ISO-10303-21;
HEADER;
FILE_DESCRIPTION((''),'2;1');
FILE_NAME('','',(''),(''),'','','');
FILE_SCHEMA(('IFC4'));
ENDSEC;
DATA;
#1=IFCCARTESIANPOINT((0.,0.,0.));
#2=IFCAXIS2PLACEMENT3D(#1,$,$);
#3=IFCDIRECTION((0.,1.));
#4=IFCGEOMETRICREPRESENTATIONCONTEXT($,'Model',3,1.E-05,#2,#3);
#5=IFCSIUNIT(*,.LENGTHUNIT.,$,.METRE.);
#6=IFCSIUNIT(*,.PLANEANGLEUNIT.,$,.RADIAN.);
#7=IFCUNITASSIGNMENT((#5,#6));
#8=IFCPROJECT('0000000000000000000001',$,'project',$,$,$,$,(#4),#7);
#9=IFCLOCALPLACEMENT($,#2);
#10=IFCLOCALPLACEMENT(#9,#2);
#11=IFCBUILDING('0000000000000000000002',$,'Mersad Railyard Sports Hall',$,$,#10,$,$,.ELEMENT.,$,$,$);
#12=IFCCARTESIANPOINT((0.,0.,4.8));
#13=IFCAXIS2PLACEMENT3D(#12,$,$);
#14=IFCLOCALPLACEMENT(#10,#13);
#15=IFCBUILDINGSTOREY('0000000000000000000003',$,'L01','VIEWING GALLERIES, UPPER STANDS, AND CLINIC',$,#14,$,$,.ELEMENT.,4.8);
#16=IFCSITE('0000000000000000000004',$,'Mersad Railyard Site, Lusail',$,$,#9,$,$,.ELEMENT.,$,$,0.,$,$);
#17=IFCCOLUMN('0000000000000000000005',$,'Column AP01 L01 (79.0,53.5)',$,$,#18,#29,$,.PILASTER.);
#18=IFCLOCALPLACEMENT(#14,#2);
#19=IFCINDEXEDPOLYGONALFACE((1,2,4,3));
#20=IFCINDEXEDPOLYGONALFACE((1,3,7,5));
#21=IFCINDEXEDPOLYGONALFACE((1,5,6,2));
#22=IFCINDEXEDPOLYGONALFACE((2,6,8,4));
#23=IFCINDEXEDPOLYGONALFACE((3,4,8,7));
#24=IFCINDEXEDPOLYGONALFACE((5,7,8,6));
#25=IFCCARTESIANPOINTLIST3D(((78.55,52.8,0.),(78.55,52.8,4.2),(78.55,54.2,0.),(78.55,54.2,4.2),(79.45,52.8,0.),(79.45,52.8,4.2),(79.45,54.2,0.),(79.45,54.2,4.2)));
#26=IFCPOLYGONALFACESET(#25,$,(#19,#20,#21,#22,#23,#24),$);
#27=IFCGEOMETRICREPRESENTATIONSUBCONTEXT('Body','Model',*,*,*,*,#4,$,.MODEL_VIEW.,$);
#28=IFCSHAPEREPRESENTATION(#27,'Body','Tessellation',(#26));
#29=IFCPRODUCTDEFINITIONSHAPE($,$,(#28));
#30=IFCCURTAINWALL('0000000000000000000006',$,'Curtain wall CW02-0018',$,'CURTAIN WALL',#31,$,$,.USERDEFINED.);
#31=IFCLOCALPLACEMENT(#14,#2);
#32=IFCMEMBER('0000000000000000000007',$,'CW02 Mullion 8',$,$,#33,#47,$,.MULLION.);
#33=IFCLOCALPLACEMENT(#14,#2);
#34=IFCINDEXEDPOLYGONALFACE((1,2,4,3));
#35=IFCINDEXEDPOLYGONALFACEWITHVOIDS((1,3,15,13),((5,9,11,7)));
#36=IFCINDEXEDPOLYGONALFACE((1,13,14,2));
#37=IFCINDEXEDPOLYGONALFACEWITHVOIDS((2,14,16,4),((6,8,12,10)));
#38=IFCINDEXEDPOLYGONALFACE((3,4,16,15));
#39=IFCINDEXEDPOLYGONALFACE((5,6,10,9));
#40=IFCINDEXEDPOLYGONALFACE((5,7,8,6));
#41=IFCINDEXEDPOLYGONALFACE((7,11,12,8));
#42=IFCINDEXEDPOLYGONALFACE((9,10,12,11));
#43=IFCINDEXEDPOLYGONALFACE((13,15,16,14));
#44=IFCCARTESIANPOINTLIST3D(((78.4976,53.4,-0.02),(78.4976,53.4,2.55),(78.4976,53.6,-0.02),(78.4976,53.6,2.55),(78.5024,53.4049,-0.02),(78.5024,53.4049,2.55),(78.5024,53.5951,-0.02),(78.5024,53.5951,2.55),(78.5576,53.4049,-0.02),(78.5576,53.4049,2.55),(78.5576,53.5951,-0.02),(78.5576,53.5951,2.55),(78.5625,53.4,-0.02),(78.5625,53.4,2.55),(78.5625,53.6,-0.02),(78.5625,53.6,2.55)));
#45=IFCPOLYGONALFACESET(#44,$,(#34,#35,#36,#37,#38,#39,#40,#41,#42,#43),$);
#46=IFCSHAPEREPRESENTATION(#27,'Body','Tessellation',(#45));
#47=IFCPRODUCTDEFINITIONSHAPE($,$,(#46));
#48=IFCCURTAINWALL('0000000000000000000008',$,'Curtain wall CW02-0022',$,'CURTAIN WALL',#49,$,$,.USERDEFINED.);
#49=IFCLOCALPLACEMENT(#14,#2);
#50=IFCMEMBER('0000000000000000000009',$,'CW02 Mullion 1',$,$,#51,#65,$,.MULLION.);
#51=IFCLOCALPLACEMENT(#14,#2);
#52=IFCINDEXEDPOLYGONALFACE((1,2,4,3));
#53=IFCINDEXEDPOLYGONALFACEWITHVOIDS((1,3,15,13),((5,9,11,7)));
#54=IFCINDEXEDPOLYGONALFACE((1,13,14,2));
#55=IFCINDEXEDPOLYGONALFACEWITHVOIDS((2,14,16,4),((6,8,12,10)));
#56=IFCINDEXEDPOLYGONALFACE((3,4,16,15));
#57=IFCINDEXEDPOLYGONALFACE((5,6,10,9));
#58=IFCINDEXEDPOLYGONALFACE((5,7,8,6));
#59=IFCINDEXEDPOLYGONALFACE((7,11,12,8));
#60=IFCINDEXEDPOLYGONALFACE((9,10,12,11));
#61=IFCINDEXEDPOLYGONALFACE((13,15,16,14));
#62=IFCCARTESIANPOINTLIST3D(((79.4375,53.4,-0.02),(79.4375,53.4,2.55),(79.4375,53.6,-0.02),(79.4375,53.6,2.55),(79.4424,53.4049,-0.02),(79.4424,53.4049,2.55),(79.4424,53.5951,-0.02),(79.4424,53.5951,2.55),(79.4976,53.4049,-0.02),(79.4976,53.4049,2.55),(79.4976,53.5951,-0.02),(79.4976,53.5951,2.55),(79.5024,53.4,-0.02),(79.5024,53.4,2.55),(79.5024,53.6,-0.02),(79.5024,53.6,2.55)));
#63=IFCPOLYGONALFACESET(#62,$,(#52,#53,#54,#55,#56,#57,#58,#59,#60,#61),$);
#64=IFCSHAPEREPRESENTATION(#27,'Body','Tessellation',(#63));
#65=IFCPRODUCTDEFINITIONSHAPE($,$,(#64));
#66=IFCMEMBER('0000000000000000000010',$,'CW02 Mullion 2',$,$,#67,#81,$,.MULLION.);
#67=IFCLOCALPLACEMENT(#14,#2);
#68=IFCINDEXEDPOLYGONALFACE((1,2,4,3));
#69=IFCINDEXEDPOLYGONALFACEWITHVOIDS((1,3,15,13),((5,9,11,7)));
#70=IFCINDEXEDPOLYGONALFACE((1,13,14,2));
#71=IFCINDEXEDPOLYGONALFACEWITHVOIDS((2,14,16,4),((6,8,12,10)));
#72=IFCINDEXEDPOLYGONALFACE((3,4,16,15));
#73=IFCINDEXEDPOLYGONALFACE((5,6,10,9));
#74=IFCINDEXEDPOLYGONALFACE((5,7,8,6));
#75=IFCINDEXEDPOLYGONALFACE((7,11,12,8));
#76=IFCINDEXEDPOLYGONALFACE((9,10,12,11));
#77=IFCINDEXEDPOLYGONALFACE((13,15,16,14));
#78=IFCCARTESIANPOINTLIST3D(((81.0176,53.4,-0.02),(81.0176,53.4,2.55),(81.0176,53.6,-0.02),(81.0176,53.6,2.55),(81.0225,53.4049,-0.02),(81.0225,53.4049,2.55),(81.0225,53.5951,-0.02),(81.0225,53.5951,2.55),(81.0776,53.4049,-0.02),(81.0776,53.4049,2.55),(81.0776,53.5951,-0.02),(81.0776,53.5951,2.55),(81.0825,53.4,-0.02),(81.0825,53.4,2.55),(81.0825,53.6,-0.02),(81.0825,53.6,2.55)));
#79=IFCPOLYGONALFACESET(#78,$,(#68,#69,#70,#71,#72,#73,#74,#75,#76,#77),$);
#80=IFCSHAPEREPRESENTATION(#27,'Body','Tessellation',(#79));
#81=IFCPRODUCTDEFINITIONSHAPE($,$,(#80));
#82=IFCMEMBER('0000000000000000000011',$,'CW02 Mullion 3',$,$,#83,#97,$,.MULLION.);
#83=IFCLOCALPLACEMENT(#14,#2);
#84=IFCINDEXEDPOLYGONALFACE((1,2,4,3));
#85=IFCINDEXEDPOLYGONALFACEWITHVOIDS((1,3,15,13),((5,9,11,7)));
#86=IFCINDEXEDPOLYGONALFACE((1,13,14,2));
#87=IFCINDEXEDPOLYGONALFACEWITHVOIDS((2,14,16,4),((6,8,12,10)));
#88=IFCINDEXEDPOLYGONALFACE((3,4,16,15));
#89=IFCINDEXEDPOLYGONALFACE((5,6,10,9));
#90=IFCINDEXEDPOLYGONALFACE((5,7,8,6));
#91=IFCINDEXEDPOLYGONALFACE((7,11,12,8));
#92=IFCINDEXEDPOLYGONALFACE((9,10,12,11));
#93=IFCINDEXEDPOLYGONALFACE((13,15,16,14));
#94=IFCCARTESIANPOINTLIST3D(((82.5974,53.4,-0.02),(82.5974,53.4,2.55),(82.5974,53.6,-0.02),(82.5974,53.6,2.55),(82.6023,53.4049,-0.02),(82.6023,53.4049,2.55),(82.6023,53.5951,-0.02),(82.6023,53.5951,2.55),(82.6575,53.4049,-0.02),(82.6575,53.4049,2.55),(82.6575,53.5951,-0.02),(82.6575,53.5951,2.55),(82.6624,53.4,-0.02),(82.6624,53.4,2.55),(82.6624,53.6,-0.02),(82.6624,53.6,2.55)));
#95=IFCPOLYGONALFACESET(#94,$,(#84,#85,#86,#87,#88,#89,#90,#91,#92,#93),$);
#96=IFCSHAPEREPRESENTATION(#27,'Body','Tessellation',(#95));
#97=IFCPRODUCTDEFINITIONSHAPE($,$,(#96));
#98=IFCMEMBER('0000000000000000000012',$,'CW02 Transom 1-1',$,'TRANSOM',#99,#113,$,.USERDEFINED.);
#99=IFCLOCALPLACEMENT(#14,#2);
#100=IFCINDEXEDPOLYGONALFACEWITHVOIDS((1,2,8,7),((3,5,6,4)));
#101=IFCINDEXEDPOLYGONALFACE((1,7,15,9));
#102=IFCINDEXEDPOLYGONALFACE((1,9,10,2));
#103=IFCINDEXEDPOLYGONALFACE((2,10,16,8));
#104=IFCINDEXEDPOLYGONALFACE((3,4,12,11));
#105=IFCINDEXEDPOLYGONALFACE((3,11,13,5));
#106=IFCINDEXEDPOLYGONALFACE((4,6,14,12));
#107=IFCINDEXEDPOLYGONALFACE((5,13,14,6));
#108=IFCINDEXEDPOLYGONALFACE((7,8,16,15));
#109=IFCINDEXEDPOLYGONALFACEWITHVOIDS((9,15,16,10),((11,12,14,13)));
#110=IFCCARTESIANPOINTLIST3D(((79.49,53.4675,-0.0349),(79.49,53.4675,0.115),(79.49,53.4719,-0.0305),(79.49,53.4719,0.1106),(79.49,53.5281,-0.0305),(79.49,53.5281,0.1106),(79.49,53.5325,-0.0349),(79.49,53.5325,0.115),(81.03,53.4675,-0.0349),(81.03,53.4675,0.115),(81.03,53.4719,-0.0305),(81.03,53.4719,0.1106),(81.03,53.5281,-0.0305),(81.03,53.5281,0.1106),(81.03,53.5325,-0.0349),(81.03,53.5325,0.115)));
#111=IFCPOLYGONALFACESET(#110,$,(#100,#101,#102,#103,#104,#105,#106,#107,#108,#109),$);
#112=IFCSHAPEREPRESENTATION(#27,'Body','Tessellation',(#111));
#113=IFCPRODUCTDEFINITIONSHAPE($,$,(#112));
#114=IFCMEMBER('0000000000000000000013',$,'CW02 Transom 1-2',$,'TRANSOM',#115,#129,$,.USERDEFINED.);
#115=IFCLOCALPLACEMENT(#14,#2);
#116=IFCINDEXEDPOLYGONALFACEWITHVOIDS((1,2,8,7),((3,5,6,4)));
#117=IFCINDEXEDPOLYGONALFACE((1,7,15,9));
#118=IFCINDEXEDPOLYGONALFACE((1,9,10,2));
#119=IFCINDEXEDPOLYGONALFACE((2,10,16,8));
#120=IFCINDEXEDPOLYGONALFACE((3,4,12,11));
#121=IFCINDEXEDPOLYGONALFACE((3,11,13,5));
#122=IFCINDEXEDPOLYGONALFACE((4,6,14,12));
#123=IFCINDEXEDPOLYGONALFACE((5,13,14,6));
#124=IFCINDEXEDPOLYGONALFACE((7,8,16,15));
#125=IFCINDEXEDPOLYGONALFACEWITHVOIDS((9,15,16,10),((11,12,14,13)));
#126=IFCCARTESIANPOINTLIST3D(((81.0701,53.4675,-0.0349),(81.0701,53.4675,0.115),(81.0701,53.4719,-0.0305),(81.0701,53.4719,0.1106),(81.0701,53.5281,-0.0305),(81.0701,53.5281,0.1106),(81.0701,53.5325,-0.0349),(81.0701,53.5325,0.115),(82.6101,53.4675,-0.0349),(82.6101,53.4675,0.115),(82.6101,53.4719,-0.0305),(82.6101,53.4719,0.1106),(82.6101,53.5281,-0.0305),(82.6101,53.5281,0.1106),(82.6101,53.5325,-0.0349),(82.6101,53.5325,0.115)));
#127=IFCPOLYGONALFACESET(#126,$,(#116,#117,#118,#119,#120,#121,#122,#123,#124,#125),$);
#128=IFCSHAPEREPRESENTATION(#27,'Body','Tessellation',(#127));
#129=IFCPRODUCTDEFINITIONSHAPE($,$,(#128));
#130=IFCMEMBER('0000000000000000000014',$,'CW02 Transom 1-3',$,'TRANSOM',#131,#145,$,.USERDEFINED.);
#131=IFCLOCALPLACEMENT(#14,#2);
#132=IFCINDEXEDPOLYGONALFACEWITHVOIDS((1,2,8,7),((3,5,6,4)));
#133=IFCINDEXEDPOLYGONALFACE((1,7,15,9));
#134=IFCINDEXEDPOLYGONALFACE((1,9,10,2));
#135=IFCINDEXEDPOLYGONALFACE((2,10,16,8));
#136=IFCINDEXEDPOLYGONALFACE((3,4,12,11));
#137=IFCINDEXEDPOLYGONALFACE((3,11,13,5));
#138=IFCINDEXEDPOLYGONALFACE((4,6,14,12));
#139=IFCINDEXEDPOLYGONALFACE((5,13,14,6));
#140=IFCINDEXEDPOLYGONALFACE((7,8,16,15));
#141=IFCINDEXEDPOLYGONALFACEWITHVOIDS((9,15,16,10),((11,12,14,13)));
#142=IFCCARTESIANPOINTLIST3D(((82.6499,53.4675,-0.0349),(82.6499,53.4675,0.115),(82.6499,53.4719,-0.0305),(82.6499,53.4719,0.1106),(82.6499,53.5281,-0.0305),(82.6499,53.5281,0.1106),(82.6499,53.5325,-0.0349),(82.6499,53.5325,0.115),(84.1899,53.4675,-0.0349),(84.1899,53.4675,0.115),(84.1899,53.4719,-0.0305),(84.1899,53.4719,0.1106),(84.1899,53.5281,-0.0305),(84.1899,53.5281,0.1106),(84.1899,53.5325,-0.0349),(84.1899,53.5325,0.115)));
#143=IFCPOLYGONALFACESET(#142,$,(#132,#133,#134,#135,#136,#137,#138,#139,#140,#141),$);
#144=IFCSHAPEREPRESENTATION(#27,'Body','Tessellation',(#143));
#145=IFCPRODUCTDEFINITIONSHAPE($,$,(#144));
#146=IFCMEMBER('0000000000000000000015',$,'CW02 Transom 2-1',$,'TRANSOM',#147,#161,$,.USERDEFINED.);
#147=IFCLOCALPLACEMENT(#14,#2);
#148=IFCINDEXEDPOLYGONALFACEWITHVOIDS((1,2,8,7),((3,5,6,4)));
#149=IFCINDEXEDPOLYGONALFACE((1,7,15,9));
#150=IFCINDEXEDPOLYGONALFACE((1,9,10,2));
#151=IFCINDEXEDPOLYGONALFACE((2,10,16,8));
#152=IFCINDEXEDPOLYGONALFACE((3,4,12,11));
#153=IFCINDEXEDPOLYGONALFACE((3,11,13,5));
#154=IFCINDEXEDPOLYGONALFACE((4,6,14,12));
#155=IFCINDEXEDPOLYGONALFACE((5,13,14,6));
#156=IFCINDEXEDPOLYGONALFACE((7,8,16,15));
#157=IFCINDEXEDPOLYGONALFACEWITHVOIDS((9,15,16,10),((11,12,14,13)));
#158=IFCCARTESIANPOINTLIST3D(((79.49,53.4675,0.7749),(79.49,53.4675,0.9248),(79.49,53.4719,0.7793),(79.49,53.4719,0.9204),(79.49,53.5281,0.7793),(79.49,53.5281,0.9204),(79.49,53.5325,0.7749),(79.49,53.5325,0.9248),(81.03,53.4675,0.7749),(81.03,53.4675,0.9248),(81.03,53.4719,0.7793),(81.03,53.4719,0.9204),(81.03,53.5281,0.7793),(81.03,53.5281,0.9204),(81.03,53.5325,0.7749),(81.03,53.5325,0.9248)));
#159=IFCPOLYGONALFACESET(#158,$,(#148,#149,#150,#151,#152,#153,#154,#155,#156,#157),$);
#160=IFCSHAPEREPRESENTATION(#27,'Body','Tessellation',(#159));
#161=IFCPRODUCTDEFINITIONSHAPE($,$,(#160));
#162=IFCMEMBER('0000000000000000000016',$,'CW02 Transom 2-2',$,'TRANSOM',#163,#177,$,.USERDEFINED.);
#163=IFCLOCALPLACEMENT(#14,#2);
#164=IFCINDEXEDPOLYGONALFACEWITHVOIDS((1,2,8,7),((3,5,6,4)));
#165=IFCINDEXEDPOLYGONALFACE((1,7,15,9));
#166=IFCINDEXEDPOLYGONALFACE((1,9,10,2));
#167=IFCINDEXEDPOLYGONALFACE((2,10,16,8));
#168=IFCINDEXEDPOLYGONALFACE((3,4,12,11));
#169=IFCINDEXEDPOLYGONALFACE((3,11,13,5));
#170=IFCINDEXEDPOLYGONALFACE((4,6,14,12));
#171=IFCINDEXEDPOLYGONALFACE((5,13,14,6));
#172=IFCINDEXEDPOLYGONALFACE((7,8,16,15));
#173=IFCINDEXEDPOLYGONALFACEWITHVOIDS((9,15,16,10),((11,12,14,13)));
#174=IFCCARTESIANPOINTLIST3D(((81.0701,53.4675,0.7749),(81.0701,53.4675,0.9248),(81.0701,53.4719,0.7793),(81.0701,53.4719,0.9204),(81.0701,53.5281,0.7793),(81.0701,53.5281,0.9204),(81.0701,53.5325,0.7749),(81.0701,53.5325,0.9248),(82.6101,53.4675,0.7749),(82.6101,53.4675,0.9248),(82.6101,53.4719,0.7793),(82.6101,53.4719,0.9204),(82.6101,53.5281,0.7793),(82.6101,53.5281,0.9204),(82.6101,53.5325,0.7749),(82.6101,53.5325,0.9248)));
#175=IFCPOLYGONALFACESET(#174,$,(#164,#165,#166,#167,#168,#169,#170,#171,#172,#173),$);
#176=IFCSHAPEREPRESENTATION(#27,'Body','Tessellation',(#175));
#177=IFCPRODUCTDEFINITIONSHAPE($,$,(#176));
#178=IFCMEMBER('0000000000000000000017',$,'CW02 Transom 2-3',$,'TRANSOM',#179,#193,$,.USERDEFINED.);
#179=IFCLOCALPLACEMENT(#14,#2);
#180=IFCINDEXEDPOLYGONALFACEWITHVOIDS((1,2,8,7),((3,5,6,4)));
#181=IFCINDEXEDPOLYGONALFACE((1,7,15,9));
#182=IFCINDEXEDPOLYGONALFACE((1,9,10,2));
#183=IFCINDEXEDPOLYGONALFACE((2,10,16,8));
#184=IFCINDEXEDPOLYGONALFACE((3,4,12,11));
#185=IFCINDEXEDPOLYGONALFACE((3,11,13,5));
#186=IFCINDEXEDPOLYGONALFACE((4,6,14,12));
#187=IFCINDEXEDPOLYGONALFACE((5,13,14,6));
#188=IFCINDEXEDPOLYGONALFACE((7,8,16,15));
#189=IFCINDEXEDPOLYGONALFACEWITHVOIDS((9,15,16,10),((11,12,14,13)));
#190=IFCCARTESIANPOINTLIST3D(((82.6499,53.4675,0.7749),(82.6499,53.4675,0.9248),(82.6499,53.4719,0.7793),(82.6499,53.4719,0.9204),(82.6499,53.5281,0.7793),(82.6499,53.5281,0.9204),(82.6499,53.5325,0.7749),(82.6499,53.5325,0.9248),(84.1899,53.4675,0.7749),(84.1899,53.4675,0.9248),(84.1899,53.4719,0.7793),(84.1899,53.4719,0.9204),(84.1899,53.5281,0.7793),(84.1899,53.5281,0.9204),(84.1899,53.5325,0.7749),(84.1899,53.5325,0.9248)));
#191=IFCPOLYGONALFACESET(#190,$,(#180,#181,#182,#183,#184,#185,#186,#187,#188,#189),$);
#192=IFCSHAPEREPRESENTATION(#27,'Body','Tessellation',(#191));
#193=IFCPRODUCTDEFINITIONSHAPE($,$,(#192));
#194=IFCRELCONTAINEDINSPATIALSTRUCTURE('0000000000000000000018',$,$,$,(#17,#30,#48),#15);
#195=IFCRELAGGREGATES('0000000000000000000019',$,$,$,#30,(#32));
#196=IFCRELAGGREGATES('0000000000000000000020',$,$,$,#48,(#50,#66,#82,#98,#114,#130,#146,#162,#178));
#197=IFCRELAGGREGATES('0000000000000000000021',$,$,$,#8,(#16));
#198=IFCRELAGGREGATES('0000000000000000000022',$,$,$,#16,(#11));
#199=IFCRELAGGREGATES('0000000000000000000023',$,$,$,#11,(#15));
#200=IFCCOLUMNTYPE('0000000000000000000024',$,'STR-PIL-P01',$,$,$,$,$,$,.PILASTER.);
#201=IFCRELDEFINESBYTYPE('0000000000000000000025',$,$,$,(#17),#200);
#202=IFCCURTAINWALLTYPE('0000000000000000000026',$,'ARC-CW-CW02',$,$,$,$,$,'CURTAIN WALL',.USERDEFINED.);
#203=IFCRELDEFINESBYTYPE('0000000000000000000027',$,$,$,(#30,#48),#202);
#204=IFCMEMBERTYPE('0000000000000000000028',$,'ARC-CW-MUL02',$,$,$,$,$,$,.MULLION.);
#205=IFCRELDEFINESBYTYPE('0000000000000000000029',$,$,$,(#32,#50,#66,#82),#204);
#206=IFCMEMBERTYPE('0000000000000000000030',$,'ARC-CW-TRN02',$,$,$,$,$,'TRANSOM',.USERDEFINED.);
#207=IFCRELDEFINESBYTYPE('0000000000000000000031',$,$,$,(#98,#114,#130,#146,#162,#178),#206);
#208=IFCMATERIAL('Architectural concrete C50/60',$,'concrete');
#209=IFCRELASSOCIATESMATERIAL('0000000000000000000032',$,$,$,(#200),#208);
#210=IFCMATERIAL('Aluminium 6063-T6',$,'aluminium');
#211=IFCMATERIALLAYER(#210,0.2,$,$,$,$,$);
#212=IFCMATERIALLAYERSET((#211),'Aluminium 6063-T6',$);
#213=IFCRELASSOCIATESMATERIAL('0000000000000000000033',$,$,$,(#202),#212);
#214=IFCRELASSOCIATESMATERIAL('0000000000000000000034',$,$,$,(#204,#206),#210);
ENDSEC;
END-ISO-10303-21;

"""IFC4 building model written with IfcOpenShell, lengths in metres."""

from ifc_helpers import new_model, si_unit, direction, frame, origin, origin_2d, place, context, subcontext, project, spatial, rectangle, hollow_rectangle, extrude, material, layer, layer_set, material_profile, profile_set, type_object, element, aggregate, save


model = new_model("IFC4")

# Units and contexts
model_context = context("Model", 3, precision=1e-05, world=origin(), true_north=direction((0.0, 1.0)))
body_context = subcontext(model_context, "Body", "Model", "MODEL_VIEW")
ifc_project = project(units=[si_unit("LENGTHUNIT", "METRE"), si_unit("PLANEANGLEUNIT", "RADIAN")], contexts=[model_context])

# Site, building, storey
site_placement = place(None, origin())
site = spatial("IfcSite", under=ifc_project, at=site_placement, Name="Mersad Railyard Site, Lusail", CompositionType="ELEMENT", RefElevation=0.0)
building_placement = place(site_placement, origin())
building = spatial("IfcBuilding", under=site, at=building_placement, Name="Mersad Railyard Sports Hall", CompositionType="ELEMENT")
storey_placement = place(building_placement, frame((0.0, 0.0, 4.8)))
storey = spatial("IfcBuildingStorey", under=building, at=storey_placement, Name="L01", Description="VIEWING GALLERIES, UPPER STANDS, AND CLINIC", CompositionType="ELEMENT", Elevation=4.8)

# Column
ifc_material_1 = material(Name="Architectural concrete C50/60", Category="concrete")
ifc_material_profile_1 = material_profile(ifc_material_1, rectangle(XDim=0.8999, YDim=1.3999, at=origin_2d()), Name="RC 900x1400")
ifc_profile_set_1 = profile_set([ifc_material_profile_1], Name="Architectural concrete C50/60")
column_type = type_object("IfcColumnType", Name="STR-PIL-P01", PredefinedType="PILASTER", material=ifc_profile_set_1)
column_placement = place(storey_placement, frame((79.0, 53.5, 0.0), z_axis=(0.0, 0.0, 1.0), x_axis=(1.0, 0.0, 0.0)))
element("IfcColumn", 1, at=column_placement, inside=storey, type_object=column_type, Name="Column AP01 L01 (79.0,53.5)", PredefinedType="PILASTER", context=body_context, shape_type="SweptSolid", body=[
    extrude(rectangle(XDim=0.8999, YDim=1.3999, at=origin_2d()), origin(), (0.0, 0.0, 1.0), 4.2),
])

# Curtain wall, member
ifc_material_2 = material(Name="Aluminium 6063-T6", Category="aluminium")
ifc_layer_1 = layer(ifc_material_2, 0.2)
ifc_layer_set_1 = layer_set([ifc_layer_1], Name="Aluminium 6063-T6")
curtain_wall_type = type_object("IfcCurtainWallType", Name="ARC-CW-CW02", ElementType="CURTAIN WALL", PredefinedType="USERDEFINED", material=ifc_layer_set_1)
curtain_wall_1_placement = place(storey_placement, origin())
curtain_wall_1 = element("IfcCurtainWall", 2, at=curtain_wall_1_placement, inside=storey, type_object=curtain_wall_type, Name="Curtain wall CW02-0018", ObjectType="CURTAIN WALL", PredefinedType="USERDEFINED")
ifc_material_profile_2 = material_profile(ifc_material_2, hollow_rectangle(XDim=0.0649, YDim=0.2, WallThickness=0.0049, at=origin_2d()), Name="AL MULLION 65x200x5")
ifc_profile_set_2 = profile_set([ifc_material_profile_2], Name="Aluminium 6063-T6")
member_type_1 = type_object("IfcMemberType", Name="ARC-CW-MUL02", PredefinedType="MULLION", material=ifc_profile_set_2)
member_1_placement = place(storey_placement, frame((78.53, 53.5, -0.02), z_axis=(0.0, 0.0, 1.0), x_axis=(1.0, 0.0, 0.0)))
member_1 = element("IfcMember", 3, at=member_1_placement, type_object=member_type_1, Name="CW02 Mullion 8", PredefinedType="MULLION", context=body_context, shape_type="SweptSolid", body=[
    extrude(hollow_rectangle(XDim=0.0649, YDim=0.2, WallThickness=0.0049, at=origin_2d()), origin(), (0.0, 0.0, 1.0), 2.5701),
])

# Curtain wall, members
curtain_wall_2_placement = place(storey_placement, origin())
curtain_wall_2 = element("IfcCurtainWall", 4, at=curtain_wall_2_placement, inside=storey, type_object=curtain_wall_type, Name="Curtain wall CW02-0022", ObjectType="CURTAIN WALL", PredefinedType="USERDEFINED")
member_2_placement = place(storey_placement, frame((79.47, 53.5, -0.02), z_axis=(0.0, 0.0, 1.0), x_axis=(1.0, 0.0, 0.0)))
member_2 = element("IfcMember", 5, at=member_2_placement, type_object=member_type_1, Name="CW02 Mullion 1", PredefinedType="MULLION", context=body_context, shape_type="SweptSolid", body=[
    extrude(hollow_rectangle(XDim=0.0649, YDim=0.2, WallThickness=0.0049, at=origin_2d()), origin(), (0.0, 0.0, 1.0), 2.5701),
])
member_3_placement = place(storey_placement, frame((81.05, 53.5, -0.02), z_axis=(0.0, 0.0, 1.0), x_axis=(1.0, 0.0, 0.0)))
member_3 = element("IfcMember", 6, at=member_3_placement, type_object=member_type_1, Name="CW02 Mullion 2", PredefinedType="MULLION", context=body_context, shape_type="SweptSolid", body=[
    extrude(hollow_rectangle(XDim=0.0649, YDim=0.2, WallThickness=0.0049, at=origin_2d()), origin(), (0.0, 0.0, 1.0), 2.5701),
])
member_4_placement = place(storey_placement, frame((82.6299, 53.5, -0.02), z_axis=(0.0, 0.0, 1.0), x_axis=(1.0, 0.0, 0.0)))
member_4 = element("IfcMember", 7, at=member_4_placement, type_object=member_type_1, Name="CW02 Mullion 3", PredefinedType="MULLION", context=body_context, shape_type="SweptSolid", body=[
    extrude(hollow_rectangle(XDim=0.0649, YDim=0.2, WallThickness=0.0049, at=origin_2d()), origin(), (0.0, 0.0, 1.0), 2.5701),
])
ifc_material_profile_3 = material_profile(ifc_material_2, hollow_rectangle(XDim=0.0649, YDim=0.1499, WallThickness=0.0044, at=origin_2d()), Name="AL TRANSOM 65x150x4.5")
ifc_profile_set_3 = profile_set([ifc_material_profile_3], Name="Aluminium 6063-T6")
member_type_2 = type_object("IfcMemberType", Name="ARC-CW-TRN02", ElementType="TRANSOM", PredefinedType="USERDEFINED", material=ifc_profile_set_3)
member_5_placement = place(storey_placement, frame((79.49, 53.5, 0.04), z_axis=(1.0, 0.0, 0.0), x_axis=(0.0, 1.0, 0.0)))
member_5 = element("IfcMember", 8, at=member_5_placement, type_object=member_type_2, Name="CW02 Transom 1-1", ObjectType="TRANSOM", PredefinedType="USERDEFINED", context=body_context, shape_type="SweptSolid", body=[
    extrude(hollow_rectangle(XDim=0.0649, YDim=0.1499, WallThickness=0.0044, at=origin_2d()), origin(), (0.0, 0.0, 1.0), 1.54),
])
member_6_placement = place(storey_placement, frame((81.0701, 53.5, 0.04), z_axis=(1.0, 0.0, 0.0), x_axis=(0.0, 1.0, 0.0)))
member_6 = element("IfcMember", 9, at=member_6_placement, type_object=member_type_2, Name="CW02 Transom 1-2", ObjectType="TRANSOM", PredefinedType="USERDEFINED", context=body_context, shape_type="SweptSolid", body=[
    extrude(hollow_rectangle(XDim=0.0649, YDim=0.1499, WallThickness=0.0044, at=origin_2d()), origin(), (0.0, 0.0, 1.0), 1.54),
])
member_7_placement = place(storey_placement, frame((82.6499, 53.5, 0.04), z_axis=(1.0, 0.0, 0.0), x_axis=(0.0, 1.0, 0.0)))
member_7 = element("IfcMember", 10, at=member_7_placement, type_object=member_type_2, Name="CW02 Transom 1-3", ObjectType="TRANSOM", PredefinedType="USERDEFINED", context=body_context, shape_type="SweptSolid", body=[
    extrude(hollow_rectangle(XDim=0.0649, YDim=0.1499, WallThickness=0.0044, at=origin_2d()), origin(), (0.0, 0.0, 1.0), 1.54),
])
member_8_placement = place(storey_placement, frame((79.49, 53.5, 0.8499), z_axis=(1.0, 0.0, 0.0), x_axis=(0.0, 1.0, 0.0)))
member_8 = element("IfcMember", 11, at=member_8_placement, type_object=member_type_2, Name="CW02 Transom 2-1", ObjectType="TRANSOM", PredefinedType="USERDEFINED", context=body_context, shape_type="SweptSolid", body=[
    extrude(hollow_rectangle(XDim=0.0649, YDim=0.1499, WallThickness=0.0044, at=origin_2d()), origin(), (0.0, 0.0, 1.0), 1.54),
])
member_9_placement = place(storey_placement, frame((81.0701, 53.5, 0.8499), z_axis=(1.0, 0.0, 0.0), x_axis=(0.0, 1.0, 0.0)))
member_9 = element("IfcMember", 12, at=member_9_placement, type_object=member_type_2, Name="CW02 Transom 2-2", ObjectType="TRANSOM", PredefinedType="USERDEFINED", context=body_context, shape_type="SweptSolid", body=[
    extrude(hollow_rectangle(XDim=0.0649, YDim=0.1499, WallThickness=0.0044, at=origin_2d()), origin(), (0.0, 0.0, 1.0), 1.54),
])
member_10_placement = place(storey_placement, frame((82.6499, 53.5, 0.8499), z_axis=(1.0, 0.0, 0.0), x_axis=(0.0, 1.0, 0.0)))
member_10 = element("IfcMember", 13, at=member_10_placement, type_object=member_type_2, Name="CW02 Transom 2-3", ObjectType="TRANSOM", PredefinedType="USERDEFINED", context=body_context, shape_type="SweptSolid", body=[
    extrude(hollow_rectangle(XDim=0.0649, YDim=0.1499, WallThickness=0.0044, at=origin_2d()), origin(), (0.0, 0.0, 1.0), 1.54),
])

aggregate(curtain_wall_1, [member_1])
aggregate(curtain_wall_2, [member_2, member_3, member_4, member_5, member_6, member_7, member_8, member_9, member_10])

save(model, "model.ifc")
